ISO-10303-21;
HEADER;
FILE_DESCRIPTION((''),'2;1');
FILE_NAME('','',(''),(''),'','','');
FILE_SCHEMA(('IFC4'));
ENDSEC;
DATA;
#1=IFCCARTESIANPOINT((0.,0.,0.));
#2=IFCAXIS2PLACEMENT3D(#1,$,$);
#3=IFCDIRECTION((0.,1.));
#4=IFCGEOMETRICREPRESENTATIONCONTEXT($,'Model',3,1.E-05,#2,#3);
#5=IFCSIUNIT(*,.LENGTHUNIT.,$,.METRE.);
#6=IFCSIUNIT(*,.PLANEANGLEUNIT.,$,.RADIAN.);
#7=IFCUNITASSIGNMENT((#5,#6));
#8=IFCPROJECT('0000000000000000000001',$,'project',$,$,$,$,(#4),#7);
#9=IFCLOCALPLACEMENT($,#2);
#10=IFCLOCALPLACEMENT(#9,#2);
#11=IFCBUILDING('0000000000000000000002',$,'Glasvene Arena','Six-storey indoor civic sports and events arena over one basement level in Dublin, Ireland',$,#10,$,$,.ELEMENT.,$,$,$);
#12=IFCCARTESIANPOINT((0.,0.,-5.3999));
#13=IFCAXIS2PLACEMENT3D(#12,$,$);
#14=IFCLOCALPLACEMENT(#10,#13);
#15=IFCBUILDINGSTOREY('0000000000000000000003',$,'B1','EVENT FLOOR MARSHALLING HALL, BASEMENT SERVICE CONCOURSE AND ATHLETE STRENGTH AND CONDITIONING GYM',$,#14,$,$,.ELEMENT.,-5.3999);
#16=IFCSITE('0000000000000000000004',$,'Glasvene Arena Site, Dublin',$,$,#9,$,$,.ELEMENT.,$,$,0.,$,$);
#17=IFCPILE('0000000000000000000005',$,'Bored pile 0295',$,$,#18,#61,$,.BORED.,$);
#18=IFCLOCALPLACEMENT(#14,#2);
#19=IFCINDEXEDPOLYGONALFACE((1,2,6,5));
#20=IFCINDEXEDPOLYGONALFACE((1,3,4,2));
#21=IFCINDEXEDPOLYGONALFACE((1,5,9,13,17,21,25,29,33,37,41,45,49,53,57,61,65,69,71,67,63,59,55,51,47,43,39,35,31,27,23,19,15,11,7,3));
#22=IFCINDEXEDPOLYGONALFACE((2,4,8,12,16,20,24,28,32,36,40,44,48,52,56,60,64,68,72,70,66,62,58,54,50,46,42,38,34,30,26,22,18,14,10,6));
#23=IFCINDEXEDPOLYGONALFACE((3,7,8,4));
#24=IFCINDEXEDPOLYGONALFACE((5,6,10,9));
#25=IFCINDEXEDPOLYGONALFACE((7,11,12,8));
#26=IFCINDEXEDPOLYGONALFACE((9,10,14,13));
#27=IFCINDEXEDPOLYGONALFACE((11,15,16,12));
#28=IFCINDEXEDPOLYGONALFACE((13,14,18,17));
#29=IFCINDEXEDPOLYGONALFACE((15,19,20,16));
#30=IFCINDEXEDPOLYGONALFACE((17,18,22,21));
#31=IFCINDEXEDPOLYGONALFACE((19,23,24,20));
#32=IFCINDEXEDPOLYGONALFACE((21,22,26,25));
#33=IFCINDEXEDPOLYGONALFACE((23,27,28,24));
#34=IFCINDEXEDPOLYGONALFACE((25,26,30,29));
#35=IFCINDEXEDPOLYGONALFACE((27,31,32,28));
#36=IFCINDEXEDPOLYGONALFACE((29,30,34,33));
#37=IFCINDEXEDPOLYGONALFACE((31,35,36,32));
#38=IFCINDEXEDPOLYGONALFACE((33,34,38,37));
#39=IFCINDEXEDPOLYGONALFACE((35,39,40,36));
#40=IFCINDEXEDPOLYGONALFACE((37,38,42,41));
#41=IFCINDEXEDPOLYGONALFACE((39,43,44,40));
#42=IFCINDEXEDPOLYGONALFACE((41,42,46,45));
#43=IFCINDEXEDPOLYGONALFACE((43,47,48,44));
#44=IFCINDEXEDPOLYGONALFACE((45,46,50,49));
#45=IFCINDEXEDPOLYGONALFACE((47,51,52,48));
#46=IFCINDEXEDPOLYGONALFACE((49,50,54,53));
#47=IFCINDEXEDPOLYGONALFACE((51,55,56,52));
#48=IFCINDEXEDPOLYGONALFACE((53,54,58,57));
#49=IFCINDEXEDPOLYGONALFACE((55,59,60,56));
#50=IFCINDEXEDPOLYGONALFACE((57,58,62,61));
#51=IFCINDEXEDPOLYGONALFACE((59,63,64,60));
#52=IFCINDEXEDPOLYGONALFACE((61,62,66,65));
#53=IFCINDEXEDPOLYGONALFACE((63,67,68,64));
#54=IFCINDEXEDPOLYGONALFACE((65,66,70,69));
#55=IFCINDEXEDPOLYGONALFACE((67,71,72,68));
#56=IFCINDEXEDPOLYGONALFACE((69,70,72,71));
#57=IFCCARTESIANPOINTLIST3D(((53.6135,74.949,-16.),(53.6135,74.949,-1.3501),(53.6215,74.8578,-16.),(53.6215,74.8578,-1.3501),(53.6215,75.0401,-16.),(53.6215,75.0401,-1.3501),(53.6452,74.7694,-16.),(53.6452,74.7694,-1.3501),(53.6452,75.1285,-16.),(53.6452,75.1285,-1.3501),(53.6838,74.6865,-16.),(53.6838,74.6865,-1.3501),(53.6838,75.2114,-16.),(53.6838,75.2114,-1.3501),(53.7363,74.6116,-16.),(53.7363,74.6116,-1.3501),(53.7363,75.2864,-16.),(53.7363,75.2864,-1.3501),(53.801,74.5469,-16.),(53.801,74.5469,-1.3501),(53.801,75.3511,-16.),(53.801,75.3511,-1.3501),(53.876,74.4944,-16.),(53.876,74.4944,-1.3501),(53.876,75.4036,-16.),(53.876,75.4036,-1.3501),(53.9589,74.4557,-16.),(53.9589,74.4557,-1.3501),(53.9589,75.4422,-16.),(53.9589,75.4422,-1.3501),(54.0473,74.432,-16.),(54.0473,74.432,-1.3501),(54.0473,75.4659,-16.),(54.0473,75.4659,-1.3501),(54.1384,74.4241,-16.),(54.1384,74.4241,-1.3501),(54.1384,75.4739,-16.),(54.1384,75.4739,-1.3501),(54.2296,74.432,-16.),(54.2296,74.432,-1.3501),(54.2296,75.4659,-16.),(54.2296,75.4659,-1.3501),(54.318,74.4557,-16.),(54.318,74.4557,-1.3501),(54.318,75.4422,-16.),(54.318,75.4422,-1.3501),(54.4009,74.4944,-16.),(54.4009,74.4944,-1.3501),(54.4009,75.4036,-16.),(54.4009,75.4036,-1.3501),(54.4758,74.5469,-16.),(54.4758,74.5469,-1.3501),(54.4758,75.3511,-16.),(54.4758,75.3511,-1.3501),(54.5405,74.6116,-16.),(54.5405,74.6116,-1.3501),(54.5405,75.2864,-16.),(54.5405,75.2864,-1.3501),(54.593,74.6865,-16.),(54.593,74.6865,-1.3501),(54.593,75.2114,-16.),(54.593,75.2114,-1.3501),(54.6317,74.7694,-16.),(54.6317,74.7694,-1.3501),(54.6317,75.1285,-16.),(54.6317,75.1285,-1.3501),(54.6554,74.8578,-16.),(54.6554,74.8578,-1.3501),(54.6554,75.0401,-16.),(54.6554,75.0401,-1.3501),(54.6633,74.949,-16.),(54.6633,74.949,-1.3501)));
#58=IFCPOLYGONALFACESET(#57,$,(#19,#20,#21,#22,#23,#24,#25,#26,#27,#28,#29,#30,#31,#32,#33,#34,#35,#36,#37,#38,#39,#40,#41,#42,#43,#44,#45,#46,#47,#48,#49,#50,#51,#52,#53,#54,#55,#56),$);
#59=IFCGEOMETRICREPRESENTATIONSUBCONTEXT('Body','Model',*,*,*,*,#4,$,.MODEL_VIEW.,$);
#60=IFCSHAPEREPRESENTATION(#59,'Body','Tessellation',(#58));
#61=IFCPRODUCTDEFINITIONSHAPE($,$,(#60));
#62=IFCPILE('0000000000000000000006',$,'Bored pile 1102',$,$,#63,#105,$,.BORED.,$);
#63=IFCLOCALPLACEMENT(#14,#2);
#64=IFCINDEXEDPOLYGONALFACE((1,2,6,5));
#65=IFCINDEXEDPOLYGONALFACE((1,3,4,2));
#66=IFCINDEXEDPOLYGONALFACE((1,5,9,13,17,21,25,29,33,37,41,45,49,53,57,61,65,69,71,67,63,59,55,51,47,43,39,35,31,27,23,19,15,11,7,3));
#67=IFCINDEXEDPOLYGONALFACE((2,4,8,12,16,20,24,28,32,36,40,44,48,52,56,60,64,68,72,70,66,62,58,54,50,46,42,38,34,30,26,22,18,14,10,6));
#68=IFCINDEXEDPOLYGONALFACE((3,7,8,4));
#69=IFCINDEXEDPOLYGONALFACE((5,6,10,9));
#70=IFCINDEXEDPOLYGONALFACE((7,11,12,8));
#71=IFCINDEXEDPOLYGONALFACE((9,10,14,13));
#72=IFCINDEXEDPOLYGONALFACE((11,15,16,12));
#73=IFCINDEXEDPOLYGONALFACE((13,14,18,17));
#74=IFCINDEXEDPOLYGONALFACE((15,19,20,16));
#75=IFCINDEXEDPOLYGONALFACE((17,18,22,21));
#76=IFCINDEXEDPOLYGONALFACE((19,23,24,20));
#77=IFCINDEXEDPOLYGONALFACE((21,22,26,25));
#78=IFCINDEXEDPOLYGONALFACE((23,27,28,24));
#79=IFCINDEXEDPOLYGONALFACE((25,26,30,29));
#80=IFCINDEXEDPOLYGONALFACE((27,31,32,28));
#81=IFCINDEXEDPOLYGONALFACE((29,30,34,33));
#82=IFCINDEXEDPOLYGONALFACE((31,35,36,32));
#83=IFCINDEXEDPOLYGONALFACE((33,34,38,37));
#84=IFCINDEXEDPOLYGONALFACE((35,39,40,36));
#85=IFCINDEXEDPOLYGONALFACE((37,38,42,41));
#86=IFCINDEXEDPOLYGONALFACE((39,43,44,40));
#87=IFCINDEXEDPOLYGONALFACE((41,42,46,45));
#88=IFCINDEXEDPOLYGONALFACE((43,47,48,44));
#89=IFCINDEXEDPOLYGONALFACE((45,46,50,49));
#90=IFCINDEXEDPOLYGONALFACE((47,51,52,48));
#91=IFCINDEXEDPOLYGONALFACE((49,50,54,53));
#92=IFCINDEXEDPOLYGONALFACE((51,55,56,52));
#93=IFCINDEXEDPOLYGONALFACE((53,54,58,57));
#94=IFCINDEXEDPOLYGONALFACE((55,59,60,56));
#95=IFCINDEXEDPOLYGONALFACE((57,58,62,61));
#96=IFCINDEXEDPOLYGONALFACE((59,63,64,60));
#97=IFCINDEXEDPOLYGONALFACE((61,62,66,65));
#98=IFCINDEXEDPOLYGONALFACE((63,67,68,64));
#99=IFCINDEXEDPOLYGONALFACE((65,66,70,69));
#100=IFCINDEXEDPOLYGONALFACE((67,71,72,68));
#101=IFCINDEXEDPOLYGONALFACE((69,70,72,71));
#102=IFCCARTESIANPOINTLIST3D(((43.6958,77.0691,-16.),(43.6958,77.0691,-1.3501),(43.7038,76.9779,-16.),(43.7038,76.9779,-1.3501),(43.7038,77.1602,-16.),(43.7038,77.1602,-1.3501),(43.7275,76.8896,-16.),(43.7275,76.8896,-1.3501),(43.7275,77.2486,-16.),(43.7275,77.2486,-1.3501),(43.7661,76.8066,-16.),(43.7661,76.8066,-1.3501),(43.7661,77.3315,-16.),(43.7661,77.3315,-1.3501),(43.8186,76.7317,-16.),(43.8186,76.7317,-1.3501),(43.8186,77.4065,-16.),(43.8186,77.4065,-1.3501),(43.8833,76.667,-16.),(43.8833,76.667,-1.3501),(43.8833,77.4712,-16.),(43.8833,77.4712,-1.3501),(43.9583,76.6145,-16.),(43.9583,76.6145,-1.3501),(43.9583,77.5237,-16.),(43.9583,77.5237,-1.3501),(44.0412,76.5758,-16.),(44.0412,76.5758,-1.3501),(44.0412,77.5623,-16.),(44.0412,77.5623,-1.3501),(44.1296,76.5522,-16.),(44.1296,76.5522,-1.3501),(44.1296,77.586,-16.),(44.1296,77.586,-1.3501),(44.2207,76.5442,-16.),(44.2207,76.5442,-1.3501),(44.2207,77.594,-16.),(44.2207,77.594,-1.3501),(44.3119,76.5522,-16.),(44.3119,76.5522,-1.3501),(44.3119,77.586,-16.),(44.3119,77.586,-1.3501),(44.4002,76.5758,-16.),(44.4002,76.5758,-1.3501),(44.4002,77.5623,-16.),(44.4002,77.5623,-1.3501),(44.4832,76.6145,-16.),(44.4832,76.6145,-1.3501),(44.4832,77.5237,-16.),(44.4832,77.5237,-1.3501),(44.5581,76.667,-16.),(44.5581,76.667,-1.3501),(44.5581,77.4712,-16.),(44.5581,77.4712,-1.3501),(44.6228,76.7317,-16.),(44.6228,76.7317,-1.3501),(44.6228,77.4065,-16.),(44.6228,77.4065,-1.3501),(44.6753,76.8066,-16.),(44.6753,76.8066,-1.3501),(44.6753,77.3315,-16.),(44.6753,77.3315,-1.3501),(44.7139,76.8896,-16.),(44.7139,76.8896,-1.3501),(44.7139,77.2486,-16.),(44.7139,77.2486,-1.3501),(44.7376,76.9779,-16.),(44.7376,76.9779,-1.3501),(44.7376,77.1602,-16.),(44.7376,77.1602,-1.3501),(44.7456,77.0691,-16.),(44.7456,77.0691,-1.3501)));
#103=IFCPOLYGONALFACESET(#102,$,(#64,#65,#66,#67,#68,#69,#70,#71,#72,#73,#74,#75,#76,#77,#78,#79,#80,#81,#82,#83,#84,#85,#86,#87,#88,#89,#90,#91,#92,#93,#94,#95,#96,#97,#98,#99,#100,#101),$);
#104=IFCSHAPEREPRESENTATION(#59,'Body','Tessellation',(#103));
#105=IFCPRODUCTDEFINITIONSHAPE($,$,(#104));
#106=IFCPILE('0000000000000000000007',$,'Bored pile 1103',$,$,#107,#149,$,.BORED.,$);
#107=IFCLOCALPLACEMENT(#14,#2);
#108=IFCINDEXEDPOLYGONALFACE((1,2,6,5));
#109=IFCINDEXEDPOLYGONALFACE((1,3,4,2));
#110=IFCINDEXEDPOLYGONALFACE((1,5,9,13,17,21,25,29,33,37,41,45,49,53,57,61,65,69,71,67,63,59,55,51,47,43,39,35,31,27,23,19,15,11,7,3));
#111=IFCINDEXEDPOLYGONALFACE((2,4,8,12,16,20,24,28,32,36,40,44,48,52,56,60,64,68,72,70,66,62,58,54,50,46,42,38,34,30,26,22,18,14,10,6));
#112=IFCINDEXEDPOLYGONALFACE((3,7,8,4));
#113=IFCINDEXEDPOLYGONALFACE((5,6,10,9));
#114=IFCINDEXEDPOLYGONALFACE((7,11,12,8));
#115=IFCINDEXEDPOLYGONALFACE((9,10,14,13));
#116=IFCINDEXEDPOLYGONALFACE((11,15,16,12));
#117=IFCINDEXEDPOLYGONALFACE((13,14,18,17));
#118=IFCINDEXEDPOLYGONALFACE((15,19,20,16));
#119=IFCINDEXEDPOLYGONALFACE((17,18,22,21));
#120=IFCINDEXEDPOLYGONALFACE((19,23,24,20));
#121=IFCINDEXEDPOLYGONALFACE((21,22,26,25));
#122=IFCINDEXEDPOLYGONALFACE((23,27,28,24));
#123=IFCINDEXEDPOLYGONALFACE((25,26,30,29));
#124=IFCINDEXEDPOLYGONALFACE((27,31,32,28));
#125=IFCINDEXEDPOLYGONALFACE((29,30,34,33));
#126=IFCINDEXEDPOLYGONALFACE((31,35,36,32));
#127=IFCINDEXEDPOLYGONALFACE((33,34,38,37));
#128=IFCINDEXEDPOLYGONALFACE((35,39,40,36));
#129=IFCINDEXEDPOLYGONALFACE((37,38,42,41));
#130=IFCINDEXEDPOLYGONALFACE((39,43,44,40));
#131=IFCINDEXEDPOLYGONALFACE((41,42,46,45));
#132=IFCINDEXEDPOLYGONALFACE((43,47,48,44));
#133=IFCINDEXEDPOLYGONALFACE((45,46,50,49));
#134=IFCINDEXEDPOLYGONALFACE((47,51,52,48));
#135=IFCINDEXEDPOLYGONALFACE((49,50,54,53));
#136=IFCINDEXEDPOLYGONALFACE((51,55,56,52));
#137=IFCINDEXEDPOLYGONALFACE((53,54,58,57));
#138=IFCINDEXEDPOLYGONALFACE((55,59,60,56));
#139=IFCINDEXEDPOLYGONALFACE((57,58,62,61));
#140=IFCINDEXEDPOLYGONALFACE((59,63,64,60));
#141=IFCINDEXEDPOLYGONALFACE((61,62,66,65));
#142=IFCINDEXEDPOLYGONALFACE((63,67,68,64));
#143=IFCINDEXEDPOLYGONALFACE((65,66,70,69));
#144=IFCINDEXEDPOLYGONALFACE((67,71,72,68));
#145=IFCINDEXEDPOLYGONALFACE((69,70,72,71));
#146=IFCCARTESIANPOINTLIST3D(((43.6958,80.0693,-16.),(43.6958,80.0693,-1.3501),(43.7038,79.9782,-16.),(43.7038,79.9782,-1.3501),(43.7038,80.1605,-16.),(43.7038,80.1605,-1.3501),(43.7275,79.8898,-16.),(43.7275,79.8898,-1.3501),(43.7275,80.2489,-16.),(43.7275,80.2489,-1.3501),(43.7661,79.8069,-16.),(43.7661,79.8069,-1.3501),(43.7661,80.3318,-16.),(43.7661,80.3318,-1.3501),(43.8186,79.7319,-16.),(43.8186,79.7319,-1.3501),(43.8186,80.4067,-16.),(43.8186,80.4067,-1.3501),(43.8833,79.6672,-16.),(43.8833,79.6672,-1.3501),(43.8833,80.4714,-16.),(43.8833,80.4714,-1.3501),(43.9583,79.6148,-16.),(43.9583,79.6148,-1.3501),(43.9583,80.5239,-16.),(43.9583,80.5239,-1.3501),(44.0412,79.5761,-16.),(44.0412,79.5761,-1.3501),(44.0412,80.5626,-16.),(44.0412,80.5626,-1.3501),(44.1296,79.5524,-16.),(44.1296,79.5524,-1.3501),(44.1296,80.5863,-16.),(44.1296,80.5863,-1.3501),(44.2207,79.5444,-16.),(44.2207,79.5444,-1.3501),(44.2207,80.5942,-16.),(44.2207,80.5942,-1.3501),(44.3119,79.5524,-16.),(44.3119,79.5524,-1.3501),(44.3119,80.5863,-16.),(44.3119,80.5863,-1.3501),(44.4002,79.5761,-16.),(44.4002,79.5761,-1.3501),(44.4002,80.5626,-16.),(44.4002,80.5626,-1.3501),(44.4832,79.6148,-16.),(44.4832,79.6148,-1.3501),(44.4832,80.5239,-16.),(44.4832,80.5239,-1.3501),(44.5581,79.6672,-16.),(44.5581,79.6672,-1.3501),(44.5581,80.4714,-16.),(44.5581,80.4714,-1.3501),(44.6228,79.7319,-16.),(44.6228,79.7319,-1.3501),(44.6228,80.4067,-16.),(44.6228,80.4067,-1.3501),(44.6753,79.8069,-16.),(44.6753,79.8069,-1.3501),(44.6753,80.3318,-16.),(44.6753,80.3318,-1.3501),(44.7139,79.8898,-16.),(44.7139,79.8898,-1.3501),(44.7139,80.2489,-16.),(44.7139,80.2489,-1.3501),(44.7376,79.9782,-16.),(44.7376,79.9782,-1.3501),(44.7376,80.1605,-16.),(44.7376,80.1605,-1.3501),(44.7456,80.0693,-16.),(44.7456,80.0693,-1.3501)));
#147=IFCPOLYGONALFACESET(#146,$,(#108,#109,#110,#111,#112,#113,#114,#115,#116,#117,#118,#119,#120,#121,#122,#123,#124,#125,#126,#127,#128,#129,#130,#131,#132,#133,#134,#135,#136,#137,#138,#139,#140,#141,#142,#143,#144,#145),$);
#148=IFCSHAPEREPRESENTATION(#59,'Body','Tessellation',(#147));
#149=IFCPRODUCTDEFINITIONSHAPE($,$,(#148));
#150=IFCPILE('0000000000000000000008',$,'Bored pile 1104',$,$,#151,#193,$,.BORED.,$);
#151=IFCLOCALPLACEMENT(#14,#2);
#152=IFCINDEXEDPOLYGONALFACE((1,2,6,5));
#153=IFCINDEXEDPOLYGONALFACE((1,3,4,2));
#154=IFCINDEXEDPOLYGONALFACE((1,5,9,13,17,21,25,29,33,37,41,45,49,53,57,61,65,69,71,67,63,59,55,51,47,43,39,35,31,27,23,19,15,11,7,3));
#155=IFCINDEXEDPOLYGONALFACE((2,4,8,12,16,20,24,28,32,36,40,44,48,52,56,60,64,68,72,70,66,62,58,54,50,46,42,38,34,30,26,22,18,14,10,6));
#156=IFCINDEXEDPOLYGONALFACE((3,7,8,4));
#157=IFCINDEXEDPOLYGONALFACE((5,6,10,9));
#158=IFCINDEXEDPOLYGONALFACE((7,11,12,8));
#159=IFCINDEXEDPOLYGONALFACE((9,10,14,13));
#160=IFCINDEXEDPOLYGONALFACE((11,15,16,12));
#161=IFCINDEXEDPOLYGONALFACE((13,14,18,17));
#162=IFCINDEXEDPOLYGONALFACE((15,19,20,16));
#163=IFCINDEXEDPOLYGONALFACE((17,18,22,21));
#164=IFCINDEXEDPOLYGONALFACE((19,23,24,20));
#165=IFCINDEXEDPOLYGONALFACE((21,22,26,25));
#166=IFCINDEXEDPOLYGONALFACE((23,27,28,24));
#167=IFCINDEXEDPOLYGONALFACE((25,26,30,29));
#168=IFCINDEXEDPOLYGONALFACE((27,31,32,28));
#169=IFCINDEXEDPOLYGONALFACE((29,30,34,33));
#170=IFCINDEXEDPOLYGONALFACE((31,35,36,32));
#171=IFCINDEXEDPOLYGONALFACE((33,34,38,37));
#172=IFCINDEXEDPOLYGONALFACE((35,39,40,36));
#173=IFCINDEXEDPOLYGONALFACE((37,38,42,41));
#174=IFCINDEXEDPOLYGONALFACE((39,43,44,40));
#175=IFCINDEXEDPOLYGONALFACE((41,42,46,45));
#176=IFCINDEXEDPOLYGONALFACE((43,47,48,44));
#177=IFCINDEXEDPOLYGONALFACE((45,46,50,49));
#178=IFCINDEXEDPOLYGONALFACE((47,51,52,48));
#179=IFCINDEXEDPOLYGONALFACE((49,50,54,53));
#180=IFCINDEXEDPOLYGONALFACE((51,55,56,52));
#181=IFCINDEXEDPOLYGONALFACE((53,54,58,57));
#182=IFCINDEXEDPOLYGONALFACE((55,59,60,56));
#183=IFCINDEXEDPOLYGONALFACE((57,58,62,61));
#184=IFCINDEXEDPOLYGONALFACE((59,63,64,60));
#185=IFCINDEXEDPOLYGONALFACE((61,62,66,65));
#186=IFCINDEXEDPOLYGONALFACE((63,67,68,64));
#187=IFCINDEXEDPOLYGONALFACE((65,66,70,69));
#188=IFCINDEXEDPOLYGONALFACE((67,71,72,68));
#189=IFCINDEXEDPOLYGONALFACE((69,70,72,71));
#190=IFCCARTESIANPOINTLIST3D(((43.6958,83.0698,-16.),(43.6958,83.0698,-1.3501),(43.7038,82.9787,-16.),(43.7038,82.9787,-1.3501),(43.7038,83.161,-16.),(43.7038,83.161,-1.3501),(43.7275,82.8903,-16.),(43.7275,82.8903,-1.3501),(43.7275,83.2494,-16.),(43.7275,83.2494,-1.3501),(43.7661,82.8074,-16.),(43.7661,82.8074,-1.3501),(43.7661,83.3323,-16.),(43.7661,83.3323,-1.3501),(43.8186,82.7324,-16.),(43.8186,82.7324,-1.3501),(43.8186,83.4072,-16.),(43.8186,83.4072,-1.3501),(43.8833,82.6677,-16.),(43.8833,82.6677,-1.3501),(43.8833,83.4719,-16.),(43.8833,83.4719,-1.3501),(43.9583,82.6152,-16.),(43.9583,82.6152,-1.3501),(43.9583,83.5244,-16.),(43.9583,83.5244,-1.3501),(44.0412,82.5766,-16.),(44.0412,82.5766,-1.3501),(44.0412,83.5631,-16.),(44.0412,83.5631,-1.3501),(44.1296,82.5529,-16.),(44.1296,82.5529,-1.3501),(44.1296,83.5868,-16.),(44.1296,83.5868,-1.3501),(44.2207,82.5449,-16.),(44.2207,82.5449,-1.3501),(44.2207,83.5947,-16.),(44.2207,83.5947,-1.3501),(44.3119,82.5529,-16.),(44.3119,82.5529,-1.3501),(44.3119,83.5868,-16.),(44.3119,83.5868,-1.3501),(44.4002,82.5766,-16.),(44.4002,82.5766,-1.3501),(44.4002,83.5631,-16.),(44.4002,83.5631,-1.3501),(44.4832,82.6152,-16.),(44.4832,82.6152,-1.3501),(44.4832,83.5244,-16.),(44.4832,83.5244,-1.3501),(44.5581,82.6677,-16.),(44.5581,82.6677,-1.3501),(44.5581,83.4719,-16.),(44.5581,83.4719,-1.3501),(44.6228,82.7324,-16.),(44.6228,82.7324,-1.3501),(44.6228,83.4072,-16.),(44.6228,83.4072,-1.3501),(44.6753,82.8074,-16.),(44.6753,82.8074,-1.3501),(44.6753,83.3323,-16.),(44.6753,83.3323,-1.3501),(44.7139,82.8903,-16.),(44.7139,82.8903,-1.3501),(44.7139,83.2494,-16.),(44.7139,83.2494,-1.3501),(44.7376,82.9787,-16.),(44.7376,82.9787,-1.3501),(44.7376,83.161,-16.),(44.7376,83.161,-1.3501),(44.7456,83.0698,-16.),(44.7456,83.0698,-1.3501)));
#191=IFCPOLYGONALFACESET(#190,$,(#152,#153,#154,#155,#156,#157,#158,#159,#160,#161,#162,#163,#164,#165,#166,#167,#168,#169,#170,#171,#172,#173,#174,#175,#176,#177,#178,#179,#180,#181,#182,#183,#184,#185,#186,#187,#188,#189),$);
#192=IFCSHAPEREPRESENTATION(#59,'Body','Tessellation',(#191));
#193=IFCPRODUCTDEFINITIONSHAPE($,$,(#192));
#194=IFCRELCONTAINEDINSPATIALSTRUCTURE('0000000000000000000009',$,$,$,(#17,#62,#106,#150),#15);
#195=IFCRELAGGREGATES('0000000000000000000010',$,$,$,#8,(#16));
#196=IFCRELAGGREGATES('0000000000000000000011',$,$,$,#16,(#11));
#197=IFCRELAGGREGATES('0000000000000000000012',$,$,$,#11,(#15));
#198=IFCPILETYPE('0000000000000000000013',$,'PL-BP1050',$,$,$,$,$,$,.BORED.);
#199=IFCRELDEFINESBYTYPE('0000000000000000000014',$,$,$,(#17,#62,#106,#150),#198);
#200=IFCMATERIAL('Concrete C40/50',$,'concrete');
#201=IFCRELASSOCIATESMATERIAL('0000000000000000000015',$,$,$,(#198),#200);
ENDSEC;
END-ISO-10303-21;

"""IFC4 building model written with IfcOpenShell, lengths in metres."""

from ifc_helpers import new_model, si_unit, direction, frame, origin, origin_2d, place, context, subcontext, project, spatial, circle, extrude, material, material_profile, profile_set, type_object, element, save


model = new_model("IFC4")

# Units and contexts
model_context = context("Model", 3, precision=1e-05, world=origin(), true_north=direction((0.0, 1.0)))
body_context = subcontext(model_context, "Body", "Model", "MODEL_VIEW")
ifc_project = project(units=[si_unit("LENGTHUNIT", "METRE"), si_unit("PLANEANGLEUNIT", "RADIAN")], contexts=[model_context])

# Site, building, storey
site_placement = place(None, origin())
site = spatial("IfcSite", under=ifc_project, at=site_placement, Name="Glasvene Arena Site, Dublin", CompositionType="ELEMENT", RefElevation=0.0)
building_placement = place(site_placement, origin())
building = spatial("IfcBuilding", under=site, at=building_placement, Name="Glasvene Arena", Description="Six-storey indoor civic sports and events arena over one basement level in Dublin, Ireland", CompositionType="ELEMENT")
storey_placement = place(building_placement, frame((0.0, 0.0, -5.3999)))
storey = spatial("IfcBuildingStorey", under=building, at=storey_placement, Name="B1", Description="EVENT FLOOR MARSHALLING HALL, BASEMENT SERVICE CONCOURSE AND ATHLETE STRENGTH AND CONDITIONING GYM", CompositionType="ELEMENT", Elevation=-5.3999)

# Piles
ifc_material_1 = material(Name="Concrete C40/50", Category="concrete")
ifc_material_profile_1 = material_profile(ifc_material_1, circle(Radius=0.5249, at=origin_2d()), Name="BORED PILE 1050")
ifc_profile_set_1 = profile_set([ifc_material_profile_1], Name="Concrete C40/50")
pile_type = type_object("IfcPileType", Name="PL-BP1050", PredefinedType="BORED", material=ifc_profile_set_1)
for number, where, z_axis, x_axis, name in (
    (1, (54.1384, 74.949, -1.3501), (0.0, 0.0, -1.0), (1.0, 0.0, 0.0), "Bored pile 0295"),
    (2, (44.2207, 77.0691, -1.3501), (0.0, 0.0, -1.0), (1.0, 0.0, 0.0), "Bored pile 1102"),
    (3, (44.2207, 80.0693, -1.3501), (0.0, 0.0, -1.0), (1.0, 0.0, 0.0), "Bored pile 1103"),
    (4, (44.2207, 83.0698, -1.3501), (0.0, 0.0, -1.0), (1.0, 0.0, 0.0), "Bored pile 1104"),
):
    element("IfcPile", number, at=place(storey_placement, frame(where, z_axis=z_axis, x_axis=x_axis)), inside=storey, type_object=pile_type, Name=name, PredefinedType="BORED", context=body_context, shape_type="SweptSolid", body=[
        extrude(circle(Radius=0.5249, at=origin_2d()), origin(), (0.0, 0.0, 1.0), 14.6499),
    ])

save(model, "model.ifc")
